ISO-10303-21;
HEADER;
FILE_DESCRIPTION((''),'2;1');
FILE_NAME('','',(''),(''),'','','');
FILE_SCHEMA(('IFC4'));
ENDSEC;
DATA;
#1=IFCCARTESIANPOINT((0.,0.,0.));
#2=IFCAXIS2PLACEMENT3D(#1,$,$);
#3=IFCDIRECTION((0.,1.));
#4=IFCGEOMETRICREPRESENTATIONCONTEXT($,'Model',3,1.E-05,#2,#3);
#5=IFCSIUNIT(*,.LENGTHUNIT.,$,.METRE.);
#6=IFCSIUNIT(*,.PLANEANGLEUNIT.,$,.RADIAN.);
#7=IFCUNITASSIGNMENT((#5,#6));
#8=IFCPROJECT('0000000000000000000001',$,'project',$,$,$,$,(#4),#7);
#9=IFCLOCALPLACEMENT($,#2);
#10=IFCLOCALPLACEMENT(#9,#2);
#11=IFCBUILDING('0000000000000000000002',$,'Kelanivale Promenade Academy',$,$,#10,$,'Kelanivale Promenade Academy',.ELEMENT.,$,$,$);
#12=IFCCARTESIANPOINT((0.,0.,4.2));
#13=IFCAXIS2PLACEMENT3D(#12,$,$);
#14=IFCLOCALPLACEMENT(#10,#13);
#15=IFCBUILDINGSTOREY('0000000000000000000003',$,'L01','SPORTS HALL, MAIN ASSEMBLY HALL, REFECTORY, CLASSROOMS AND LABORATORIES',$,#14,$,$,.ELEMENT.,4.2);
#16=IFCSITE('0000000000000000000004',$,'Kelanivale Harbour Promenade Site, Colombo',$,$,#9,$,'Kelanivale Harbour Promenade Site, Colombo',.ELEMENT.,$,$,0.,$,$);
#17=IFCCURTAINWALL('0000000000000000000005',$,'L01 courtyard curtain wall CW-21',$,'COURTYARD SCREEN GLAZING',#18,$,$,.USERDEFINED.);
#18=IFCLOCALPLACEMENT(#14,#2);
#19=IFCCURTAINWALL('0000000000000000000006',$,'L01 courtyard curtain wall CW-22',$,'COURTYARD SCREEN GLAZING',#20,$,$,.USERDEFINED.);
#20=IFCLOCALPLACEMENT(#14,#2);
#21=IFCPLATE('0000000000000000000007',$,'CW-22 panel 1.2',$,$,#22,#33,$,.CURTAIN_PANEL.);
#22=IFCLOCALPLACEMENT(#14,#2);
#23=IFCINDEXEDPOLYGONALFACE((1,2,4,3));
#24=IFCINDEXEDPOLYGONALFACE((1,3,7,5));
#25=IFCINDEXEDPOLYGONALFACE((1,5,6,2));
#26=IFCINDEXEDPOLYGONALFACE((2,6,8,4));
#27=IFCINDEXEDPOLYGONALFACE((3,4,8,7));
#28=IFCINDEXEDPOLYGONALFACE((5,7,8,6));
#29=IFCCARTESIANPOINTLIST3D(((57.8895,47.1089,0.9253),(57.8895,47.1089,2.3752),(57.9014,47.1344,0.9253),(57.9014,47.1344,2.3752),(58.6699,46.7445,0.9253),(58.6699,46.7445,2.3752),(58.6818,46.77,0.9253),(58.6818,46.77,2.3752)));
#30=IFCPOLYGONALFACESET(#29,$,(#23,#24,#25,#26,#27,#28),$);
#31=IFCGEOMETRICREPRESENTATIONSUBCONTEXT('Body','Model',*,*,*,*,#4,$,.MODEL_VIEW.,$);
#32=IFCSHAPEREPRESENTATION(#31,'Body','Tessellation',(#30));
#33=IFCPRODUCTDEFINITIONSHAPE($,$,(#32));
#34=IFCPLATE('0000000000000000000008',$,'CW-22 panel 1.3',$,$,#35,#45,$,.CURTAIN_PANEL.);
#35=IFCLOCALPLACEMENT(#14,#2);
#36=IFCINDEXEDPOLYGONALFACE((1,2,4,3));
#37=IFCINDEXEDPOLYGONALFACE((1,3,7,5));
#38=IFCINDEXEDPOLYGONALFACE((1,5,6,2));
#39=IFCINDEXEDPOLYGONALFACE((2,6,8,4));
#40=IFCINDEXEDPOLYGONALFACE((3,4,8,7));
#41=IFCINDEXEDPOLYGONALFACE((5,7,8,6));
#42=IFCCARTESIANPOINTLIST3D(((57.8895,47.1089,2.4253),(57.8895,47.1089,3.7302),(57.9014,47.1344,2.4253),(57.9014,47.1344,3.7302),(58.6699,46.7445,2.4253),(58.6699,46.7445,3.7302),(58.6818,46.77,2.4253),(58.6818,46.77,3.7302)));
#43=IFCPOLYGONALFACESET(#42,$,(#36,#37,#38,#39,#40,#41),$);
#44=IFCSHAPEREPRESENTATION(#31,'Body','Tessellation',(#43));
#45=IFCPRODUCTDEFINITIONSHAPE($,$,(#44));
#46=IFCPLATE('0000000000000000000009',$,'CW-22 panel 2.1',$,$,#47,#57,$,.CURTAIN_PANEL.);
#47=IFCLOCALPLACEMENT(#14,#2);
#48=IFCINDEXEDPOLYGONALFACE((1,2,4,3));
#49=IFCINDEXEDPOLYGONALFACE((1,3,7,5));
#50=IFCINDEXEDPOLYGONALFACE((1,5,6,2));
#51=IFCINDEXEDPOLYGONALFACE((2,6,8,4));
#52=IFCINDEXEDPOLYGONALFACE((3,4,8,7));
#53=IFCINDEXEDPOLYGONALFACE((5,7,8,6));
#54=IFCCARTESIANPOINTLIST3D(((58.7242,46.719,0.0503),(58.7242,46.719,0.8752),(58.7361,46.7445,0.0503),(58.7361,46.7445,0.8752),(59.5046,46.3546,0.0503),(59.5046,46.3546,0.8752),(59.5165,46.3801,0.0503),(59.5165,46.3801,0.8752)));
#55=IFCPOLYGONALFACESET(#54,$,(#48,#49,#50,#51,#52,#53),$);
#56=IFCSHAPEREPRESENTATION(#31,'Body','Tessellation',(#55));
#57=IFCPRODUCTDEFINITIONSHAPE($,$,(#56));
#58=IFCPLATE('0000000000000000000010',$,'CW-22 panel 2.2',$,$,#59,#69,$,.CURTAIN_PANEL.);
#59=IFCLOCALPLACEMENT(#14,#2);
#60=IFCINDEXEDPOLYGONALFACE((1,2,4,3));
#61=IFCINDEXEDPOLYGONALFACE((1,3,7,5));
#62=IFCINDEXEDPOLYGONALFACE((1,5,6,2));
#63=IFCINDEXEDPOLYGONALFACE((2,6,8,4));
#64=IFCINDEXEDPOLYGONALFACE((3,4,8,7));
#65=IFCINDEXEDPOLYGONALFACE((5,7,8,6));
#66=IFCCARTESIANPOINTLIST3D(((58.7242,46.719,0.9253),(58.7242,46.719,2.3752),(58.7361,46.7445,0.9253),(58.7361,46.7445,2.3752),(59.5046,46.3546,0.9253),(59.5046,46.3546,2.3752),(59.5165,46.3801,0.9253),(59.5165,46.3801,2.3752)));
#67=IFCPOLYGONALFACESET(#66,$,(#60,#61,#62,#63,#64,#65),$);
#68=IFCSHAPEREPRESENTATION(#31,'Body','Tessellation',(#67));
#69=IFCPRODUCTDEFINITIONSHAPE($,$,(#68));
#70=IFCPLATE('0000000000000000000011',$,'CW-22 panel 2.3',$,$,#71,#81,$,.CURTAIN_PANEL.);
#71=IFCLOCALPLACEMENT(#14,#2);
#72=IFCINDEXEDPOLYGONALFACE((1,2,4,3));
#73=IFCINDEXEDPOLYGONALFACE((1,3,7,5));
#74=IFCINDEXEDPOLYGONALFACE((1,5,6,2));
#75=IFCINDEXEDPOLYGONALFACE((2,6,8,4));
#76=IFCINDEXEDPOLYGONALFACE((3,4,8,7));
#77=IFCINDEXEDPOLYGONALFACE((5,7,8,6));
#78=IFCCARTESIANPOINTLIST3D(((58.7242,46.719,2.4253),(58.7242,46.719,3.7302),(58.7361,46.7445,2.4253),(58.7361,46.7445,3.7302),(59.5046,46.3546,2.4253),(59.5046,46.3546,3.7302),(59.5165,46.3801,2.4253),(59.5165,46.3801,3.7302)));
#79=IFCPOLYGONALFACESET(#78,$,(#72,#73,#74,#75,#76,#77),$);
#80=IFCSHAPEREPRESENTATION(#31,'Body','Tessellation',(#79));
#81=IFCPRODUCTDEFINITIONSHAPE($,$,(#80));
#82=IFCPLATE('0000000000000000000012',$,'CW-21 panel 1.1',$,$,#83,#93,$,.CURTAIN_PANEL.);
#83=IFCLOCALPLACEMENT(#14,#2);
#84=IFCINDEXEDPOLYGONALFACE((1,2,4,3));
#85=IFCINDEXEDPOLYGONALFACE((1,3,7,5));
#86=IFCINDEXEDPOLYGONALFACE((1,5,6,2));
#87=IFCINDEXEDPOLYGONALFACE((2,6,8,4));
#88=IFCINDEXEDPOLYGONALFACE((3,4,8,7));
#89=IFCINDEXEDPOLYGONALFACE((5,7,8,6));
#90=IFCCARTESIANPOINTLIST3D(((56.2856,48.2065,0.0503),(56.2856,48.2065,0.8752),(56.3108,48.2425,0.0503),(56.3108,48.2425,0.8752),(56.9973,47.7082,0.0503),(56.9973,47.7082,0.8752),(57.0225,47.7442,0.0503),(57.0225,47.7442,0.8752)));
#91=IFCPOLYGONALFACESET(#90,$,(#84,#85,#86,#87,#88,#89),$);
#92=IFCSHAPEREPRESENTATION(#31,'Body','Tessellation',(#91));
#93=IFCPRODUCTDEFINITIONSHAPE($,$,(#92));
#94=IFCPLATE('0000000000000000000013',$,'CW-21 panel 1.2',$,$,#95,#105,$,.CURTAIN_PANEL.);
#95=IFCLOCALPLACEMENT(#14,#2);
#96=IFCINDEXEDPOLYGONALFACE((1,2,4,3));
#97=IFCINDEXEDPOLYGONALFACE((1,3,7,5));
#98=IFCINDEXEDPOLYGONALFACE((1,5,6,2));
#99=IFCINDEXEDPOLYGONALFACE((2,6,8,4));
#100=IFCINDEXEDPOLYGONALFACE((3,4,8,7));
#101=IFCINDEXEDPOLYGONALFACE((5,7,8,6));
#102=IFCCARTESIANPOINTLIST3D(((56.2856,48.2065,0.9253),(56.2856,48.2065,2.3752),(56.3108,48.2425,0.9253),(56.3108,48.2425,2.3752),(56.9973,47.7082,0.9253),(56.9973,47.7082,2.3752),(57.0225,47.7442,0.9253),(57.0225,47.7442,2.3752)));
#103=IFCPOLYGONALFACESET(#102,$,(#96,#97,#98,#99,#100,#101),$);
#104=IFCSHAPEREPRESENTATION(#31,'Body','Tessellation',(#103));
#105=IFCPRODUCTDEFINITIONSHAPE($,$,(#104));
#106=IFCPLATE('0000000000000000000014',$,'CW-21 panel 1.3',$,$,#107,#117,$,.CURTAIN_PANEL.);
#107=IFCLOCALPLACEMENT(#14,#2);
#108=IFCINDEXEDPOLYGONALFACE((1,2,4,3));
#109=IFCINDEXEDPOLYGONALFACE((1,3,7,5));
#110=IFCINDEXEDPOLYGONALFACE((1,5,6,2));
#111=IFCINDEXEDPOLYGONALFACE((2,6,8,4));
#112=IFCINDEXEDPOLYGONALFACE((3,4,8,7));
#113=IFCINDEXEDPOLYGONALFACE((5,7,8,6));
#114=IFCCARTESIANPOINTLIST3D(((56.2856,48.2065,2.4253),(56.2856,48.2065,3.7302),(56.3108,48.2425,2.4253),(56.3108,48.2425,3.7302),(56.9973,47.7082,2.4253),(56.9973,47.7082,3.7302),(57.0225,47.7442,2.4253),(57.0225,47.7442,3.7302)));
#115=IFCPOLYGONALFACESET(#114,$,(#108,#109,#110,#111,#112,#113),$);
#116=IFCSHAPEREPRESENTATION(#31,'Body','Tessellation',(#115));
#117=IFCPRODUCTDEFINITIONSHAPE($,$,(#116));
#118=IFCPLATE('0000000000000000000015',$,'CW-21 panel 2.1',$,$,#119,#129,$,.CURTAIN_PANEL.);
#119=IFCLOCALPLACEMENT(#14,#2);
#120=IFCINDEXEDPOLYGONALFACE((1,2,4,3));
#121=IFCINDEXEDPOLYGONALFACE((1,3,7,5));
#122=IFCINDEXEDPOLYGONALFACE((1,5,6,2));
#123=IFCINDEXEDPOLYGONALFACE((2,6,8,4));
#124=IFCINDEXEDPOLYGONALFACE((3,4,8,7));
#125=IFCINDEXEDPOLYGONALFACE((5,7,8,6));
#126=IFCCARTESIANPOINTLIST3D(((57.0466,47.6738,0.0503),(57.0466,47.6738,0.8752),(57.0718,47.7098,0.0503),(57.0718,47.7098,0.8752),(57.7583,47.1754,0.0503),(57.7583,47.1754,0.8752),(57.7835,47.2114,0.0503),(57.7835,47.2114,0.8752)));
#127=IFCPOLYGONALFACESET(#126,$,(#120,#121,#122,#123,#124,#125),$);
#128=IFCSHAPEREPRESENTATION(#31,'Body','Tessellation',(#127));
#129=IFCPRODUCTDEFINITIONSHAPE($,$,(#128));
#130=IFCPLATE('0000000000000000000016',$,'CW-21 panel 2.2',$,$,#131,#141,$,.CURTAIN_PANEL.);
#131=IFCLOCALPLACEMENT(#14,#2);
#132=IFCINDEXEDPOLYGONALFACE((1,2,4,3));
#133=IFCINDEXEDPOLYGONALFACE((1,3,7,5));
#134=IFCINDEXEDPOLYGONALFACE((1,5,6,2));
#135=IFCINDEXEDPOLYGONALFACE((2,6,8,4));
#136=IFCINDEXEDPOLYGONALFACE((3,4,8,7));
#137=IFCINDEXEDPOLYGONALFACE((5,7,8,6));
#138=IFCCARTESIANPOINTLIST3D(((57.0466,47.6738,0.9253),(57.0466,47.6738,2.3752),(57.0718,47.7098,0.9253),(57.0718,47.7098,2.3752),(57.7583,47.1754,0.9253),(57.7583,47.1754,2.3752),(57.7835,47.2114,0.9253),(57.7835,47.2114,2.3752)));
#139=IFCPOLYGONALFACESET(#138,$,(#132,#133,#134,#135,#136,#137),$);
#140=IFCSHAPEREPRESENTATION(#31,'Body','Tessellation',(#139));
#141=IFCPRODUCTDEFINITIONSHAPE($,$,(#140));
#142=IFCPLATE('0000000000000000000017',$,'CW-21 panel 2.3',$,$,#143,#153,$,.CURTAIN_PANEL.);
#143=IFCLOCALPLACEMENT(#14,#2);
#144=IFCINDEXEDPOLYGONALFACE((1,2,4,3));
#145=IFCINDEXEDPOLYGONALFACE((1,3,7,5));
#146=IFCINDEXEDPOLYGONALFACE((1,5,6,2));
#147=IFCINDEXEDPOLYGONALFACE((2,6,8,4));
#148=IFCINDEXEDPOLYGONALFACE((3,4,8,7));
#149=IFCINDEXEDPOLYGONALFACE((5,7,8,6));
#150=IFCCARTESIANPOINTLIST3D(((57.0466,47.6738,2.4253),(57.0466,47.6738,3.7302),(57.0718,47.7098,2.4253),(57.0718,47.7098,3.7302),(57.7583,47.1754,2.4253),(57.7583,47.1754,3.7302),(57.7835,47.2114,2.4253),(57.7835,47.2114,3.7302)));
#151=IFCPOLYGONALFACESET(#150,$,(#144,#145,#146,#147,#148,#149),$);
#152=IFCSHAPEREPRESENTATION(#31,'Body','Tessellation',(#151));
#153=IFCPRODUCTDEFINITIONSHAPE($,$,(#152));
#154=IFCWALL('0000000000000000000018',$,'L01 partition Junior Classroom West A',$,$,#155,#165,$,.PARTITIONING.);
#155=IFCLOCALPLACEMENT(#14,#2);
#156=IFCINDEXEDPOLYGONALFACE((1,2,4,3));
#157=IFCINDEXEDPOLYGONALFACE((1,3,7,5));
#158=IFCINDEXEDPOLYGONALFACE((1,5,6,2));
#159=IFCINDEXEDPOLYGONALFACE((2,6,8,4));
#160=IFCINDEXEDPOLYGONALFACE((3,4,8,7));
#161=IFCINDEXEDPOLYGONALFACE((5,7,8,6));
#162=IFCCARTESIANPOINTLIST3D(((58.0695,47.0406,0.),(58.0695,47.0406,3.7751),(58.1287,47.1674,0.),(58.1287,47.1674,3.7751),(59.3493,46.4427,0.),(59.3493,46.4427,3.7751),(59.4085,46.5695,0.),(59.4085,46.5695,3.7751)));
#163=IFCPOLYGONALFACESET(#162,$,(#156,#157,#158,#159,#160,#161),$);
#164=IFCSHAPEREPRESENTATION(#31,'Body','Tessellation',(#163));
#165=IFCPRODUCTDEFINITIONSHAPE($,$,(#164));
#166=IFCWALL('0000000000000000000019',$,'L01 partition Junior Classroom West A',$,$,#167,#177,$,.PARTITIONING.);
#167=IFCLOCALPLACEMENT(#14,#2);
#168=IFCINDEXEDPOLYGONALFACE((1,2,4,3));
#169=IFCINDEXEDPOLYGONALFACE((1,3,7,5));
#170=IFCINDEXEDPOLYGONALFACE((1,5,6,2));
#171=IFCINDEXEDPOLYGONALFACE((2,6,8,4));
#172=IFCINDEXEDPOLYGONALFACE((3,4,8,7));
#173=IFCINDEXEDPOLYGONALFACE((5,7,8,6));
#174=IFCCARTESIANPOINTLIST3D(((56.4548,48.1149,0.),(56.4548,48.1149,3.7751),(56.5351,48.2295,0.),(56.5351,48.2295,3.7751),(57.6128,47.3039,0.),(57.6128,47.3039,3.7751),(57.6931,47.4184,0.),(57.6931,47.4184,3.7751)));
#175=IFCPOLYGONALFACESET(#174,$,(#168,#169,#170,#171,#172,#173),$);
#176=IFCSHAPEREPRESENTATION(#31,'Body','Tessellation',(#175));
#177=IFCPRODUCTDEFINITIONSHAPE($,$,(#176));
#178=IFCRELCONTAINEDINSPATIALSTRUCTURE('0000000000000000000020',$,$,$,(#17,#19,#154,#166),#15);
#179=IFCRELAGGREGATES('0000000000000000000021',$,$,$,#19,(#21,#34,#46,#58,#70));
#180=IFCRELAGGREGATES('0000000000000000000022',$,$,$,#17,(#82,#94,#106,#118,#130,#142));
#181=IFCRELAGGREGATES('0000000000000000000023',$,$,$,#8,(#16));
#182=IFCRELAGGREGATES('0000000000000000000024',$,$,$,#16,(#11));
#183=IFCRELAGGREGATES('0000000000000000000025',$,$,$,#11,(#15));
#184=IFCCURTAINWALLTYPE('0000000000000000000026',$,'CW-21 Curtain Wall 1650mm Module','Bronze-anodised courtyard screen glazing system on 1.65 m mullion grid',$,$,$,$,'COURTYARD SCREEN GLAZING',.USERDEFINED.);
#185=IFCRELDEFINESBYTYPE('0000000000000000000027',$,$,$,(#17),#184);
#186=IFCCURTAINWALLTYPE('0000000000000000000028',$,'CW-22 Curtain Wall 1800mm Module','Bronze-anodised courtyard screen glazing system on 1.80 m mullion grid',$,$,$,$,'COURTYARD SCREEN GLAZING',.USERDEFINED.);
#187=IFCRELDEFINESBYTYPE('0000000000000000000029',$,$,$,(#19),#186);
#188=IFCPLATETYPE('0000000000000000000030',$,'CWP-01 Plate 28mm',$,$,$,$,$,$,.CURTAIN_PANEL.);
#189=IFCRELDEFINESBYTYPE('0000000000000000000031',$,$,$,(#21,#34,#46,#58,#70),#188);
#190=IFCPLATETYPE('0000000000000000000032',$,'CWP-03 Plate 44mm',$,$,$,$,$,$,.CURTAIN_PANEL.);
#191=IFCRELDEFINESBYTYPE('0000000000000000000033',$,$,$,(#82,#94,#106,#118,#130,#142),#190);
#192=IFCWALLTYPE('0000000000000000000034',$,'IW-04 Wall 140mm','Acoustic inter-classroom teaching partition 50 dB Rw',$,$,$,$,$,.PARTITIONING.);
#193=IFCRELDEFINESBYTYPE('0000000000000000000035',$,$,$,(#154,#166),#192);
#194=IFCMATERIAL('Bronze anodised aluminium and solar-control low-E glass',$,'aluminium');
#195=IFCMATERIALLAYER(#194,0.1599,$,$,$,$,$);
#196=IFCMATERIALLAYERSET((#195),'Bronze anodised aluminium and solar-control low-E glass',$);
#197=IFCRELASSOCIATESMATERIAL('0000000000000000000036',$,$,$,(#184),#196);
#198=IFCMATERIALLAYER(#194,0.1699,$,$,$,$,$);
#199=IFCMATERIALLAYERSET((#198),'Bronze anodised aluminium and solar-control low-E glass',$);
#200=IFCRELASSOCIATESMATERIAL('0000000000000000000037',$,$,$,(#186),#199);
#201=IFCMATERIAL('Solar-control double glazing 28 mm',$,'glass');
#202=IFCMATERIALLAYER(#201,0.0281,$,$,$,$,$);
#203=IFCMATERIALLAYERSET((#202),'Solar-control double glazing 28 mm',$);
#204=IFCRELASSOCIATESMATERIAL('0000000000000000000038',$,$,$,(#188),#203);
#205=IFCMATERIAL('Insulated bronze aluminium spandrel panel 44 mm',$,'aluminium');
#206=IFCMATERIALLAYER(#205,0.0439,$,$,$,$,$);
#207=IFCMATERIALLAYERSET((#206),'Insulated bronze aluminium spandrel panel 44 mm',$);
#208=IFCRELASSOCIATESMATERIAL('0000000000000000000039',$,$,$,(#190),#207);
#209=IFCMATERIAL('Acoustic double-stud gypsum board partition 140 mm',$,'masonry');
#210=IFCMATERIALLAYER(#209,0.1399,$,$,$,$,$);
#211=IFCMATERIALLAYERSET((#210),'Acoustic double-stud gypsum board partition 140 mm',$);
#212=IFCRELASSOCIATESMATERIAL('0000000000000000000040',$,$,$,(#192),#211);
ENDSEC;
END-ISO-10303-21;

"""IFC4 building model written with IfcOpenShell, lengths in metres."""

from ifc_helpers import new_model, si_unit, direction, frame, frame_2d, origin, origin_2d, place, context, subcontext, project, spatial, rectangle, extrude, material, layer, layer_set, type_object, element, aggregate, save


model = new_model("IFC4")

# Units and contexts
model_context = context("Model", 3, precision=1e-05, world=origin(), true_north=direction((0.0, 1.0)))
body_context = subcontext(model_context, "Body", "Model", "MODEL_VIEW")
ifc_project = project(units=[si_unit("LENGTHUNIT", "METRE"), si_unit("PLANEANGLEUNIT", "RADIAN")], contexts=[model_context])

# Site, building, storey
site_placement = place(None, origin())
site = spatial("IfcSite", under=ifc_project, at=site_placement, Name="Kelanivale Harbour Promenade Site, Colombo", LongName="Kelanivale Harbour Promenade Site, Colombo", CompositionType="ELEMENT", RefElevation=0.0)
building_placement = place(site_placement, origin())
building = spatial("IfcBuilding", under=site, at=building_placement, Name="Kelanivale Promenade Academy", LongName="Kelanivale Promenade Academy", CompositionType="ELEMENT")
storey_placement = place(building_placement, frame((0.0, 0.0, 4.2)))
storey = spatial("IfcBuildingStorey", under=building, at=storey_placement, Name="L01", Description="SPORTS HALL, MAIN ASSEMBLY HALL, REFECTORY, CLASSROOMS AND LABORATORIES", CompositionType="ELEMENT", Elevation=4.2)

# Curtain walls
ifc_material_1 = material(Name="Bronze anodised aluminium and solar-control low-E glass", Category="aluminium")
ifc_layer_1 = layer(ifc_material_1, 0.1599)
ifc_layer_set_1 = layer_set([ifc_layer_1], Name="Bronze anodised aluminium and solar-control low-E glass")
curtain_wall_type_1 = type_object("IfcCurtainWallType", Name="CW-21 Curtain Wall 1650mm Module", Description="Bronze-anodised courtyard screen glazing system on 1.65 m mullion grid", ElementType="COURTYARD SCREEN GLAZING", PredefinedType="USERDEFINED", material=ifc_layer_set_1)
curtain_wall_1_placement = place(storey_placement, origin())
curtain_wall_1 = element("IfcCurtainWall", 1, at=curtain_wall_1_placement, inside=storey, type_object=curtain_wall_type_1, Name="L01 courtyard curtain wall CW-21", ObjectType="COURTYARD SCREEN GLAZING", PredefinedType="USERDEFINED")
ifc_layer_2 = layer(ifc_material_1, 0.1699)
ifc_layer_set_2 = layer_set([ifc_layer_2], Name="Bronze anodised aluminium and solar-control low-E glass")
curtain_wall_type_2 = type_object("IfcCurtainWallType", Name="CW-22 Curtain Wall 1800mm Module", Description="Bronze-anodised courtyard screen glazing system on 1.80 m mullion grid", ElementType="COURTYARD SCREEN GLAZING", PredefinedType="USERDEFINED", material=ifc_layer_set_2)
curtain_wall_2_placement = place(storey_placement, origin())
curtain_wall_2 = element("IfcCurtainWall", 2, at=curtain_wall_2_placement, inside=storey, type_object=curtain_wall_type_2, Name="L01 courtyard curtain wall CW-22", ObjectType="COURTYARD SCREEN GLAZING", PredefinedType="USERDEFINED")

# Plates
ifc_material_2 = material(Name="Solar-control double glazing 28 mm", Category="glass")
ifc_layer_3 = layer(ifc_material_2, 0.0281)
ifc_layer_set_3 = layer_set([ifc_layer_3], Name="Solar-control double glazing 28 mm")
plate_type_1 = type_object("IfcPlateType", Name="CWP-01 Plate 28mm", PredefinedType="CURTAIN_PANEL", material=ifc_layer_set_3)
plate_1_placement = place(storey_placement, frame((58.2856, 46.9395, 0.9253), z_axis=(0.0, 0.0, 1.0), x_axis=(0.906089, -0.423087, 0.0)))
plate_1 = element("IfcPlate", 3, at=plate_1_placement, type_object=plate_type_1, Name="CW-22 panel 1.2", PredefinedType="CURTAIN_PANEL", context=body_context, shape_type="SweptSolid", body=[
    extrude(rectangle(XDim=0.8613, YDim=0.0281, at=origin_2d()), origin(), (0.0, 0.0, 1.0), 1.45),
])
plate_2_placement = place(storey_placement, frame((58.2856, 46.9395, 2.4253), z_axis=(0.0, 0.0, 1.0), x_axis=(0.906089, -0.423087, 0.0)))
plate_2 = element("IfcPlate", 4, at=plate_2_placement, type_object=plate_type_1, Name="CW-22 panel 1.3", PredefinedType="CURTAIN_PANEL", context=body_context, shape_type="SweptSolid", body=[
    extrude(rectangle(XDim=0.8613, YDim=0.0281, at=origin_2d()), origin(), (0.0, 0.0, 1.0), 1.3049),
])
plate_3_placement = place(storey_placement, frame((59.1204, 46.5496, 0.0503), z_axis=(0.0, 0.0, 1.0), x_axis=(0.906089, -0.423087, 0.0)))
plate_3 = element("IfcPlate", 5, at=plate_3_placement, type_object=plate_type_1, Name="CW-22 panel 2.1", PredefinedType="CURTAIN_PANEL", context=body_context, shape_type="SweptSolid", body=[
    extrude(rectangle(XDim=0.8613, YDim=0.0281, at=origin_2d()), origin(), (0.0, 0.0, 1.0), 0.825),
])
plate_4_placement = place(storey_placement, frame((59.1204, 46.5496, 0.9253), z_axis=(0.0, 0.0, 1.0), x_axis=(0.906089, -0.423087, 0.0)))
plate_4 = element("IfcPlate", 6, at=plate_4_placement, type_object=plate_type_1, Name="CW-22 panel 2.2", PredefinedType="CURTAIN_PANEL", context=body_context, shape_type="SweptSolid", body=[
    extrude(rectangle(XDim=0.8613, YDim=0.0281, at=origin_2d()), origin(), (0.0, 0.0, 1.0), 1.45),
])
plate_5_placement = place(storey_placement, frame((59.1204, 46.5496, 2.4253), z_axis=(0.0, 0.0, 1.0), x_axis=(0.906089, -0.423087, 0.0)))
plate_5 = element("IfcPlate", 7, at=plate_5_placement, type_object=plate_type_1, Name="CW-22 panel 2.3", PredefinedType="CURTAIN_PANEL", context=body_context, shape_type="SweptSolid", body=[
    extrude(rectangle(XDim=0.8613, YDim=0.0281, at=origin_2d()), origin(), (0.0, 0.0, 1.0), 1.3049),
])
aggregate(curtain_wall_2, [plate_1, plate_2, plate_3, plate_4, plate_5])
ifc_material_3 = material(Name="Insulated bronze aluminium spandrel panel 44 mm", Category="aluminium")
ifc_layer_4 = layer(ifc_material_3, 0.0439)
ifc_layer_set_4 = layer_set([ifc_layer_4], Name="Insulated bronze aluminium spandrel panel 44 mm")
plate_type_2 = type_object("IfcPlateType", Name="CWP-03 Plate 44mm", PredefinedType="CURTAIN_PANEL", material=ifc_layer_set_4)
plate_6_placement = place(storey_placement, frame((56.6541, 47.9753, 0.0503), z_axis=(0.0, 0.0, 1.0), x_axis=(0.819158, -0.573567, 0.0)))
plate_6 = element("IfcPlate", 8, at=plate_6_placement, type_object=plate_type_2, Name="CW-21 panel 1.1", PredefinedType="CURTAIN_PANEL", context=body_context, shape_type="SweptSolid", body=[
    extrude(rectangle(XDim=0.8689, YDim=0.0439, at=origin_2d()), origin(), (0.0, 0.0, 1.0), 0.825),
])
plate_7_placement = place(storey_placement, frame((56.6541, 47.9753, 0.9253), z_axis=(0.0, 0.0, 1.0), x_axis=(0.819158, -0.573567, 0.0)))
plate_7 = element("IfcPlate", 9, at=plate_7_placement, type_object=plate_type_2, Name="CW-21 panel 1.2", PredefinedType="CURTAIN_PANEL", context=body_context, shape_type="SweptSolid", body=[
    extrude(rectangle(XDim=0.8689, YDim=0.0439, at=origin_2d()), origin(), (0.0, 0.0, 1.0), 1.45),
])
plate_8_placement = place(storey_placement, frame((56.6541, 47.9753, 2.4253), z_axis=(0.0, 0.0, 1.0), x_axis=(0.819158, -0.573567, 0.0)))
plate_8 = element("IfcPlate", 10, at=plate_8_placement, type_object=plate_type_2, Name="CW-21 panel 1.3", PredefinedType="CURTAIN_PANEL", context=body_context, shape_type="SweptSolid", body=[
    extrude(rectangle(XDim=0.8689, YDim=0.0439, at=origin_2d()), origin(), (0.0, 0.0, 1.0), 1.3049),
])
plate_9_placement = place(storey_placement, frame((57.415, 47.4426, 0.0503), z_axis=(0.0, 0.0, 1.0), x_axis=(0.819158, -0.573567, 0.0)))
plate_9 = element("IfcPlate", 11, at=plate_9_placement, type_object=plate_type_2, Name="CW-21 panel 2.1", PredefinedType="CURTAIN_PANEL", context=body_context, shape_type="SweptSolid", body=[
    extrude(rectangle(XDim=0.8689, YDim=0.0439, at=origin_2d()), origin(), (0.0, 0.0, 1.0), 0.825),
])
plate_10_placement = place(storey_placement, frame((57.415, 47.4426, 0.9253), z_axis=(0.0, 0.0, 1.0), x_axis=(0.819158, -0.573567, 0.0)))
plate_10 = element("IfcPlate", 12, at=plate_10_placement, type_object=plate_type_2, Name="CW-21 panel 2.2", PredefinedType="CURTAIN_PANEL", context=body_context, shape_type="SweptSolid", body=[
    extrude(rectangle(XDim=0.8689, YDim=0.0439, at=origin_2d()), origin(), (0.0, 0.0, 1.0), 1.45),
])
plate_11_placement = place(storey_placement, frame((57.415, 47.4426, 2.4253), z_axis=(0.0, 0.0, 1.0), x_axis=(0.819158, -0.573567, 0.0)))
plate_11 = element("IfcPlate", 13, at=plate_11_placement, type_object=plate_type_2, Name="CW-21 panel 2.3", PredefinedType="CURTAIN_PANEL", context=body_context, shape_type="SweptSolid", body=[
    extrude(rectangle(XDim=0.8689, YDim=0.0439, at=origin_2d()), origin(), (0.0, 0.0, 1.0), 1.3049),
])
aggregate(curtain_wall_1, [plate_6, plate_7, plate_8, plate_9, plate_10, plate_11])

# Walls
ifc_material_4 = material(Name="Acoustic double-stud gypsum board partition 140 mm", Category="masonry")
ifc_layer_5 = layer(ifc_material_4, 0.1399)
ifc_layer_set_5 = layer_set([ifc_layer_5], Name="Acoustic double-stud gypsum board partition 140 mm")
wall_type = type_object("IfcWallType", Name="IW-04 Wall 140mm", Description="Acoustic inter-classroom teaching partition 50 dB Rw", PredefinedType="PARTITIONING", material=ifc_layer_set_5)
wall_1_placement = place(storey_placement, frame((59.3789, 46.5061, 0.0), z_axis=(0.0, 0.0, 1.0), x_axis=(-0.906002, 0.423273, 0.0)))
element("IfcWall", 14, at=wall_1_placement, inside=storey, type_object=wall_type, Name="L01 partition Junior Classroom West A", PredefinedType="PARTITIONING", context=body_context, shape_type="SweptSolid", body=[
    extrude(rectangle(XDim=1.4126, YDim=0.1399, at=frame_2d((0.7063, 0.0))), origin(), (0.0, 0.0, 1.0), 3.7751),
])
wall_2_placement = place(storey_placement, frame((57.6531, 47.3611, 0.0), z_axis=(0.0, 0.0, 1.0), x_axis=(-0.819078, 0.573683, 0.0)))
element("IfcWall", 15, at=wall_2_placement, inside=storey, type_object=wall_type, Name="L01 partition Junior Classroom West A", PredefinedType="PARTITIONING", context=body_context, shape_type="SweptSolid", body=[
    extrude(rectangle(XDim=1.4138, YDim=0.1399, at=frame_2d((0.707, 0.0))), origin(), (0.0, 0.0, 1.0), 3.7751),
])

save(model, "model.ifc")
